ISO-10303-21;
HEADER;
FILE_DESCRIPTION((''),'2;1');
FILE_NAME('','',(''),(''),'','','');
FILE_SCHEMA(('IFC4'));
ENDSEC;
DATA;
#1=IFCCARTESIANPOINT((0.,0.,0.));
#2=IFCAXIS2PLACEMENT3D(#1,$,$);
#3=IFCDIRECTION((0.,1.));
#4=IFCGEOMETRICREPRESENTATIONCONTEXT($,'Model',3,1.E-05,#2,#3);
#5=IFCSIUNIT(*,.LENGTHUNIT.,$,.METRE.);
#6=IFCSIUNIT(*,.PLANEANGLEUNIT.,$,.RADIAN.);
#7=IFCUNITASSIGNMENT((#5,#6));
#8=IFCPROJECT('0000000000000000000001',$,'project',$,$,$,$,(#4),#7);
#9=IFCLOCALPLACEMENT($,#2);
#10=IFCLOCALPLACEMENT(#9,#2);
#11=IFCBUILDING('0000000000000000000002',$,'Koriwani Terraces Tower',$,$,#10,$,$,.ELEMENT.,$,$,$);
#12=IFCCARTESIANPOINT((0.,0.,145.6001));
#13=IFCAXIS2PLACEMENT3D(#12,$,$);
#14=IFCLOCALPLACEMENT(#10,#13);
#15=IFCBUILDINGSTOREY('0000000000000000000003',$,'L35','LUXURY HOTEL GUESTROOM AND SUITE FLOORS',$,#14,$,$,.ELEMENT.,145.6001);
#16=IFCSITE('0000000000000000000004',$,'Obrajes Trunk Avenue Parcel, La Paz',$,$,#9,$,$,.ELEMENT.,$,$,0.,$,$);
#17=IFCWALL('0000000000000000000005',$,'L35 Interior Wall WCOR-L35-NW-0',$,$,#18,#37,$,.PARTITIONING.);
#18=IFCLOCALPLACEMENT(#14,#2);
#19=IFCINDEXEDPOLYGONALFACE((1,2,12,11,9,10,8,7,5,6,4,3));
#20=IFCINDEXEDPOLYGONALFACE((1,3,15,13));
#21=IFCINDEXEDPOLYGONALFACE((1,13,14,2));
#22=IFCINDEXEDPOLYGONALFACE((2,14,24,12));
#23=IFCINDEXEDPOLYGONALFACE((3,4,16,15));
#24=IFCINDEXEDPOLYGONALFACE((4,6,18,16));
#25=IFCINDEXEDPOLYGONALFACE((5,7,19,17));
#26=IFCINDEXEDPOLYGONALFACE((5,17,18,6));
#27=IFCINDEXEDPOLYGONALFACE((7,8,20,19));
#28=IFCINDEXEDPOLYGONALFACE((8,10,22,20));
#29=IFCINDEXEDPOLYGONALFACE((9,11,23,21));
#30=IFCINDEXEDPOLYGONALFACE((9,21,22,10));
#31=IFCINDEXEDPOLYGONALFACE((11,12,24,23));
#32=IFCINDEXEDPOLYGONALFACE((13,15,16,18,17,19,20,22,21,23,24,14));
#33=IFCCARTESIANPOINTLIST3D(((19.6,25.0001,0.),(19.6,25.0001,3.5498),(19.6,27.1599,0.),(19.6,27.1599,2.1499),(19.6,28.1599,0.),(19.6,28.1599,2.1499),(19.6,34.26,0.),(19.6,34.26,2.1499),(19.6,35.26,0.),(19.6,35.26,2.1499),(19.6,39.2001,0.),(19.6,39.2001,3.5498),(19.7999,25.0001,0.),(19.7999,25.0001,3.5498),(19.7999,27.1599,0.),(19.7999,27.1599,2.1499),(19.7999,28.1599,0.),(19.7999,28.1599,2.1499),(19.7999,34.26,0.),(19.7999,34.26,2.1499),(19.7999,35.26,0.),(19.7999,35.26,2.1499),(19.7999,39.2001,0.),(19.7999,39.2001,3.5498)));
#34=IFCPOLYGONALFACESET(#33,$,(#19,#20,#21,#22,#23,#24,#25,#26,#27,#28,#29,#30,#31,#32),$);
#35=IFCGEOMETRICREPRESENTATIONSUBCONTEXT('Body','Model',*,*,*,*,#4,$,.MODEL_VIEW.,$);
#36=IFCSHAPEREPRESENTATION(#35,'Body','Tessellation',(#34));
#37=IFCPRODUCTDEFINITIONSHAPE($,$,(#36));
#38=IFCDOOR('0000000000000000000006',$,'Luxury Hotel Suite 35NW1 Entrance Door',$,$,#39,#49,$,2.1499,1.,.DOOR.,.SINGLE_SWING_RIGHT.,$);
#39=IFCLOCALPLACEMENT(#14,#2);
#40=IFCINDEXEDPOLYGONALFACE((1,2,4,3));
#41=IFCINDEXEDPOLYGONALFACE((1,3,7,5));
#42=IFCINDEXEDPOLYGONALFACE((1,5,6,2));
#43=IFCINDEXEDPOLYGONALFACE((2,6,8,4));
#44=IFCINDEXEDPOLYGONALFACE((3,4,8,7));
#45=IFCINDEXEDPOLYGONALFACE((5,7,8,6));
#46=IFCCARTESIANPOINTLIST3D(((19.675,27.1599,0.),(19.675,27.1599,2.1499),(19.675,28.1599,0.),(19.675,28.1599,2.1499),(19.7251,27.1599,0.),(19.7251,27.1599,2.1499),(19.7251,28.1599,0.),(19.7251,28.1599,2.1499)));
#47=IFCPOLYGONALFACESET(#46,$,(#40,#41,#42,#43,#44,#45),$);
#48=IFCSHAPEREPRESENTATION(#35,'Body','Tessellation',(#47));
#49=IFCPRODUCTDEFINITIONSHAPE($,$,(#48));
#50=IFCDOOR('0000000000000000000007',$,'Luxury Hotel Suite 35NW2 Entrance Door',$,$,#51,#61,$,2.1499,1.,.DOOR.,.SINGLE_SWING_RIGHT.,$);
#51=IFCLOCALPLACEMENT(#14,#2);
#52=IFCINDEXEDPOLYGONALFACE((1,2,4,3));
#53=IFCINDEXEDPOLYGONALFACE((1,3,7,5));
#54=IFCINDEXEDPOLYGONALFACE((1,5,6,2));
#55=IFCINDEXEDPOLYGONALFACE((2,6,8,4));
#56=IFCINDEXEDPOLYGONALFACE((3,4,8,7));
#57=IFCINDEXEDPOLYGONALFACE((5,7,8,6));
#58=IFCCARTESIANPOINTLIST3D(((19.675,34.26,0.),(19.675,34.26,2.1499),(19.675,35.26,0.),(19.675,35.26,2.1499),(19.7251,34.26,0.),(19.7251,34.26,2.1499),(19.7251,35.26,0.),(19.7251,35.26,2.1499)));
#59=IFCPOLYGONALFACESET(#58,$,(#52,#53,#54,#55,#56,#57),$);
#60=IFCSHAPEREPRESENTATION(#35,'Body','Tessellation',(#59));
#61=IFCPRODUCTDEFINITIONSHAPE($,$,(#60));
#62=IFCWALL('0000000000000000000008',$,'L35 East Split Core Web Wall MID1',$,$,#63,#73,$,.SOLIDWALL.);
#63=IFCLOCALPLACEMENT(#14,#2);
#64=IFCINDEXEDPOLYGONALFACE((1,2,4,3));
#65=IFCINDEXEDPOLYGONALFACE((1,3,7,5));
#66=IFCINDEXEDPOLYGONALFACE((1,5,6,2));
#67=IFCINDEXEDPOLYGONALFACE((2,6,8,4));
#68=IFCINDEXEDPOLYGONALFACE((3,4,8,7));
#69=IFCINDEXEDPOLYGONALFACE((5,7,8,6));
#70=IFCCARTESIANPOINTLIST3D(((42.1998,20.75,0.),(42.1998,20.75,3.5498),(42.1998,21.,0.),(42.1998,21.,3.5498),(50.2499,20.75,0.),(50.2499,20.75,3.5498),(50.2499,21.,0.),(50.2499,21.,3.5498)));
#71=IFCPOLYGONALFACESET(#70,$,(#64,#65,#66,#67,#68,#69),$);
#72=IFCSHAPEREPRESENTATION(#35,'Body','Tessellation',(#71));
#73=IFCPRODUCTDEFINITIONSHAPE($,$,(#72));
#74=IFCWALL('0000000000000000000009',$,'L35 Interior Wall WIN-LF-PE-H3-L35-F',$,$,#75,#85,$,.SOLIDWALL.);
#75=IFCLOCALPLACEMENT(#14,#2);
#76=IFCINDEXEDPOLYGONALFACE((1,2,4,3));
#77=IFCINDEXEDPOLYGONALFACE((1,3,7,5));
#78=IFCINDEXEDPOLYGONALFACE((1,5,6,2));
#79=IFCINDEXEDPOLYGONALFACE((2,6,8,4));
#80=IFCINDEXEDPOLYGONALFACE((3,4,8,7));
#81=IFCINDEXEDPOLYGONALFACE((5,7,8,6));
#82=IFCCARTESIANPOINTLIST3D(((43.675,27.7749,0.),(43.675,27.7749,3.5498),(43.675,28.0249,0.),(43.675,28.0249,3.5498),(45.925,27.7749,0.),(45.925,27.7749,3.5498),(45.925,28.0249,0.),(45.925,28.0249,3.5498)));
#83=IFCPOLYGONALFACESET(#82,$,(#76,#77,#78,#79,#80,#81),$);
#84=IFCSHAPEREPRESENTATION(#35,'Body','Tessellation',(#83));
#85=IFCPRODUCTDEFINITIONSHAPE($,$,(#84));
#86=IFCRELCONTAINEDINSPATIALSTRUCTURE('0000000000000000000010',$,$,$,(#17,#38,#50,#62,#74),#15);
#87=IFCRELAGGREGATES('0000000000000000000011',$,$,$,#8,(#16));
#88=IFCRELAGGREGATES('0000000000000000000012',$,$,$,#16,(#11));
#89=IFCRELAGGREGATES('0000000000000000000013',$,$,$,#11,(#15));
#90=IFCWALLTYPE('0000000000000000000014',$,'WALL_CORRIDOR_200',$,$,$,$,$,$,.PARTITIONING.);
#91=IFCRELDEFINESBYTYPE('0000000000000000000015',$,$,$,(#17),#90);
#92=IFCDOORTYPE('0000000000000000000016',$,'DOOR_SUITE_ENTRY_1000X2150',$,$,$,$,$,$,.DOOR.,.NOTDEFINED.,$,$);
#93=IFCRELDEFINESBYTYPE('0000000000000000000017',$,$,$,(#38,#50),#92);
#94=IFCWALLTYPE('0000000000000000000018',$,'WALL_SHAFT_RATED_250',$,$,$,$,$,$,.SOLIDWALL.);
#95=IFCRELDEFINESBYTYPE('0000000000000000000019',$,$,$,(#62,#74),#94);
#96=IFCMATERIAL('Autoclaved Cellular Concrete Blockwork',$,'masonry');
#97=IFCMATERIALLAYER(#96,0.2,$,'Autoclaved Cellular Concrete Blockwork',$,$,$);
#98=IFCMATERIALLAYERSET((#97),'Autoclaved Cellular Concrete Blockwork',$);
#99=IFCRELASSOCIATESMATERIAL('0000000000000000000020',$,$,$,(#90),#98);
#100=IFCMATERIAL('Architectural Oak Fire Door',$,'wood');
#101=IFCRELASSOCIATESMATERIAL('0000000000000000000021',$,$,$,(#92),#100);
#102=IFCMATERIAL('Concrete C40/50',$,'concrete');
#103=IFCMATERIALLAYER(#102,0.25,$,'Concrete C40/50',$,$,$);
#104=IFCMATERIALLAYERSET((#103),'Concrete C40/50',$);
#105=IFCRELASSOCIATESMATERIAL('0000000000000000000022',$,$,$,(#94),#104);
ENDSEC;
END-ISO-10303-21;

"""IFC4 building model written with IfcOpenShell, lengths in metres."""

from ifc_helpers import new_model, si_unit, direction, frame, frame_2d, origin, place, context, subcontext, project, spatial, rectangle, extrude, material, layer, layer_set, type_object, element, fill, save


model = new_model("IFC4")

# Units and contexts
model_context = context("Model", 3, precision=1e-05, world=origin(), true_north=direction((0.0, 1.0)))
body_context = subcontext(model_context, "Body", "Model", "MODEL_VIEW")
ifc_project = project(units=[si_unit("LENGTHUNIT", "METRE"), si_unit("PLANEANGLEUNIT", "RADIAN")], contexts=[model_context])

# Site, building, storey
site_placement = place(None, origin())
site = spatial("IfcSite", under=ifc_project, at=site_placement, Name="Obrajes Trunk Avenue Parcel, La Paz", CompositionType="ELEMENT", RefElevation=0.0)
building_placement = place(site_placement, origin())
building = spatial("IfcBuilding", under=site, at=building_placement, Name="Koriwani Terraces Tower", CompositionType="ELEMENT")
storey_placement = place(building_placement, frame((0.0, 0.0, 145.6001)))
storey = spatial("IfcBuildingStorey", under=building, at=storey_placement, Name="L35", Description="LUXURY HOTEL GUESTROOM AND SUITE FLOORS", CompositionType="ELEMENT", Elevation=145.6001)

# Shared definitions
ifc_material_1 = material(Name="Concrete C40/50", Category="concrete")

# Shared definitions
ifc_material_2 = material(Name="Autoclaved Cellular Concrete Blockwork", Category="masonry")
ifc_layer_1 = layer(ifc_material_2, 0.2, Name="Autoclaved Cellular Concrete Blockwork")
ifc_layer_set_1 = layer_set([ifc_layer_1], Name="Autoclaved Cellular Concrete Blockwork")
wall_type_1 = type_object("IfcWallType", Name="WALL_CORRIDOR_200", PredefinedType="PARTITIONING", material=ifc_layer_set_1)
ifc_material_3 = material(Name="Architectural Oak Fire Door", Category="wood")

# Wall, openings, doors
wall_1_placement = place(storey_placement, frame((19.7, 25.0, 0.0), z_axis=(0.0, 0.0, 1.0), x_axis=(0.0, 1.0, 0.0)))
wall_1 = element("IfcWall", 1, at=wall_1_placement, inside=storey, type_object=wall_type_1, Name="L35 Interior Wall WCOR-L35-NW-0", PredefinedType="PARTITIONING", context=body_context, shape_type="SweptSolid", body=[
    extrude(rectangle(XDim=14.2, YDim=0.2, at=frame_2d((7.1001, 0.0))), origin(), (0.0, 0.0, 1.0), 3.5498),
])
opening_1_placement = place(wall_1_placement, frame((2.1599, 0.0, 0.0)))
opening_1 = element("IfcOpeningElement", 2, at=opening_1_placement, cuts=wall_1, PredefinedType="OPENING", context=body_context, shape_type="SweptSolid", body=[
    extrude(rectangle(XDim=1.0, YDim=2.1499, at=frame_2d((0.5, 1.075))), frame((0.0, 0.1099, 0.0), z_axis=(0.0, -1.0, 0.0), x_axis=(1.0, 0.0, 0.0)), (0.0, 0.0, 1.0), 0.22),
])
opening_2_placement = place(wall_1_placement, frame((9.26, 0.0, 0.0)))
opening_2 = element("IfcOpeningElement", 3, at=opening_2_placement, cuts=wall_1, PredefinedType="OPENING", context=body_context, shape_type="SweptSolid", body=[
    extrude(rectangle(XDim=1.0, YDim=2.1499, at=frame_2d((0.5, 1.075))), frame((0.0, 0.1099, 0.0), z_axis=(0.0, -1.0, 0.0), x_axis=(1.0, 0.0, 0.0)), (0.0, 0.0, 1.0), 0.22),
])
door_type_1 = type_object("IfcDoorType", Name="DOOR_SUITE_ENTRY_1000X2150", OperationType="NOTDEFINED", PredefinedType="DOOR", material=ifc_material_3)
door_1_placement = place(opening_1_placement, origin())
door_1 = element("IfcDoor", 4, at=door_1_placement, inside=storey, type_object=door_type_1, Name="Luxury Hotel Suite 35NW1 Entrance Door", OperationType="SINGLE_SWING_RIGHT", OverallHeight=2.1499, OverallWidth=1.0, PredefinedType="DOOR", context=body_context, shape_type="SweptSolid", body=[
    extrude(rectangle(XDim=1.0, YDim=2.1499, at=frame_2d((0.5, 1.075))), frame((0.0, 0.0249, 0.0), z_axis=(0.0, -1.0, 0.0), x_axis=(1.0, 0.0, 0.0)), (0.0, 0.0, 1.0), 0.05),
])
fill(opening_1, door_1)
door_2_placement = place(opening_2_placement, origin())
door_2 = element("IfcDoor", 5, at=door_2_placement, inside=storey, type_object=door_type_1, Name="Luxury Hotel Suite 35NW2 Entrance Door", OperationType="SINGLE_SWING_RIGHT", OverallHeight=2.1499, OverallWidth=1.0, PredefinedType="DOOR", context=body_context, shape_type="SweptSolid", body=[
    extrude(rectangle(XDim=1.0, YDim=2.1499, at=frame_2d((0.5, 1.075))), frame((0.0, 0.0249, 0.0), z_axis=(0.0, -1.0, 0.0), x_axis=(1.0, 0.0, 0.0)), (0.0, 0.0, 1.0), 0.05),
])
fill(opening_2, door_2)

# Wall
ifc_layer_2 = layer(ifc_material_1, 0.25, Name="Concrete C40/50")
ifc_layer_set_2 = layer_set([ifc_layer_2], Name="Concrete C40/50")
wall_type_2 = type_object("IfcWallType", Name="WALL_SHAFT_RATED_250", PredefinedType="SOLIDWALL", material=ifc_layer_set_2)
wall_2_placement = place(storey_placement, frame((42.2, 20.875, 0.0), z_axis=(0.0, 0.0, 1.0), x_axis=(1.0, 0.0, 0.0)))
element("IfcWall", 6, at=wall_2_placement, inside=storey, type_object=wall_type_2, Name="L35 East Split Core Web Wall MID1", PredefinedType="SOLIDWALL", context=body_context, shape_type="SweptSolid", body=[
    extrude(rectangle(XDim=8.05, YDim=0.25, at=frame_2d((4.0249, 0.0))), origin(), (0.0, 0.0, 1.0), 3.5498),
])

# Wall
wall_3_placement = place(storey_placement, frame((43.675, 27.8999, 0.0), z_axis=(0.0, 0.0, 1.0), x_axis=(1.0, 0.0, 0.0)))
element("IfcWall", 7, at=wall_3_placement, inside=storey, type_object=wall_type_2, Name="L35 Interior Wall WIN-LF-PE-H3-L35-F", PredefinedType="SOLIDWALL", context=body_context, shape_type="SweptSolid", body=[
    extrude(rectangle(XDim=2.25, YDim=0.25, at=frame_2d((1.125, 0.0))), origin(), (0.0, 0.0, 1.0), 3.5498),
])

save(model, "model.ifc")
